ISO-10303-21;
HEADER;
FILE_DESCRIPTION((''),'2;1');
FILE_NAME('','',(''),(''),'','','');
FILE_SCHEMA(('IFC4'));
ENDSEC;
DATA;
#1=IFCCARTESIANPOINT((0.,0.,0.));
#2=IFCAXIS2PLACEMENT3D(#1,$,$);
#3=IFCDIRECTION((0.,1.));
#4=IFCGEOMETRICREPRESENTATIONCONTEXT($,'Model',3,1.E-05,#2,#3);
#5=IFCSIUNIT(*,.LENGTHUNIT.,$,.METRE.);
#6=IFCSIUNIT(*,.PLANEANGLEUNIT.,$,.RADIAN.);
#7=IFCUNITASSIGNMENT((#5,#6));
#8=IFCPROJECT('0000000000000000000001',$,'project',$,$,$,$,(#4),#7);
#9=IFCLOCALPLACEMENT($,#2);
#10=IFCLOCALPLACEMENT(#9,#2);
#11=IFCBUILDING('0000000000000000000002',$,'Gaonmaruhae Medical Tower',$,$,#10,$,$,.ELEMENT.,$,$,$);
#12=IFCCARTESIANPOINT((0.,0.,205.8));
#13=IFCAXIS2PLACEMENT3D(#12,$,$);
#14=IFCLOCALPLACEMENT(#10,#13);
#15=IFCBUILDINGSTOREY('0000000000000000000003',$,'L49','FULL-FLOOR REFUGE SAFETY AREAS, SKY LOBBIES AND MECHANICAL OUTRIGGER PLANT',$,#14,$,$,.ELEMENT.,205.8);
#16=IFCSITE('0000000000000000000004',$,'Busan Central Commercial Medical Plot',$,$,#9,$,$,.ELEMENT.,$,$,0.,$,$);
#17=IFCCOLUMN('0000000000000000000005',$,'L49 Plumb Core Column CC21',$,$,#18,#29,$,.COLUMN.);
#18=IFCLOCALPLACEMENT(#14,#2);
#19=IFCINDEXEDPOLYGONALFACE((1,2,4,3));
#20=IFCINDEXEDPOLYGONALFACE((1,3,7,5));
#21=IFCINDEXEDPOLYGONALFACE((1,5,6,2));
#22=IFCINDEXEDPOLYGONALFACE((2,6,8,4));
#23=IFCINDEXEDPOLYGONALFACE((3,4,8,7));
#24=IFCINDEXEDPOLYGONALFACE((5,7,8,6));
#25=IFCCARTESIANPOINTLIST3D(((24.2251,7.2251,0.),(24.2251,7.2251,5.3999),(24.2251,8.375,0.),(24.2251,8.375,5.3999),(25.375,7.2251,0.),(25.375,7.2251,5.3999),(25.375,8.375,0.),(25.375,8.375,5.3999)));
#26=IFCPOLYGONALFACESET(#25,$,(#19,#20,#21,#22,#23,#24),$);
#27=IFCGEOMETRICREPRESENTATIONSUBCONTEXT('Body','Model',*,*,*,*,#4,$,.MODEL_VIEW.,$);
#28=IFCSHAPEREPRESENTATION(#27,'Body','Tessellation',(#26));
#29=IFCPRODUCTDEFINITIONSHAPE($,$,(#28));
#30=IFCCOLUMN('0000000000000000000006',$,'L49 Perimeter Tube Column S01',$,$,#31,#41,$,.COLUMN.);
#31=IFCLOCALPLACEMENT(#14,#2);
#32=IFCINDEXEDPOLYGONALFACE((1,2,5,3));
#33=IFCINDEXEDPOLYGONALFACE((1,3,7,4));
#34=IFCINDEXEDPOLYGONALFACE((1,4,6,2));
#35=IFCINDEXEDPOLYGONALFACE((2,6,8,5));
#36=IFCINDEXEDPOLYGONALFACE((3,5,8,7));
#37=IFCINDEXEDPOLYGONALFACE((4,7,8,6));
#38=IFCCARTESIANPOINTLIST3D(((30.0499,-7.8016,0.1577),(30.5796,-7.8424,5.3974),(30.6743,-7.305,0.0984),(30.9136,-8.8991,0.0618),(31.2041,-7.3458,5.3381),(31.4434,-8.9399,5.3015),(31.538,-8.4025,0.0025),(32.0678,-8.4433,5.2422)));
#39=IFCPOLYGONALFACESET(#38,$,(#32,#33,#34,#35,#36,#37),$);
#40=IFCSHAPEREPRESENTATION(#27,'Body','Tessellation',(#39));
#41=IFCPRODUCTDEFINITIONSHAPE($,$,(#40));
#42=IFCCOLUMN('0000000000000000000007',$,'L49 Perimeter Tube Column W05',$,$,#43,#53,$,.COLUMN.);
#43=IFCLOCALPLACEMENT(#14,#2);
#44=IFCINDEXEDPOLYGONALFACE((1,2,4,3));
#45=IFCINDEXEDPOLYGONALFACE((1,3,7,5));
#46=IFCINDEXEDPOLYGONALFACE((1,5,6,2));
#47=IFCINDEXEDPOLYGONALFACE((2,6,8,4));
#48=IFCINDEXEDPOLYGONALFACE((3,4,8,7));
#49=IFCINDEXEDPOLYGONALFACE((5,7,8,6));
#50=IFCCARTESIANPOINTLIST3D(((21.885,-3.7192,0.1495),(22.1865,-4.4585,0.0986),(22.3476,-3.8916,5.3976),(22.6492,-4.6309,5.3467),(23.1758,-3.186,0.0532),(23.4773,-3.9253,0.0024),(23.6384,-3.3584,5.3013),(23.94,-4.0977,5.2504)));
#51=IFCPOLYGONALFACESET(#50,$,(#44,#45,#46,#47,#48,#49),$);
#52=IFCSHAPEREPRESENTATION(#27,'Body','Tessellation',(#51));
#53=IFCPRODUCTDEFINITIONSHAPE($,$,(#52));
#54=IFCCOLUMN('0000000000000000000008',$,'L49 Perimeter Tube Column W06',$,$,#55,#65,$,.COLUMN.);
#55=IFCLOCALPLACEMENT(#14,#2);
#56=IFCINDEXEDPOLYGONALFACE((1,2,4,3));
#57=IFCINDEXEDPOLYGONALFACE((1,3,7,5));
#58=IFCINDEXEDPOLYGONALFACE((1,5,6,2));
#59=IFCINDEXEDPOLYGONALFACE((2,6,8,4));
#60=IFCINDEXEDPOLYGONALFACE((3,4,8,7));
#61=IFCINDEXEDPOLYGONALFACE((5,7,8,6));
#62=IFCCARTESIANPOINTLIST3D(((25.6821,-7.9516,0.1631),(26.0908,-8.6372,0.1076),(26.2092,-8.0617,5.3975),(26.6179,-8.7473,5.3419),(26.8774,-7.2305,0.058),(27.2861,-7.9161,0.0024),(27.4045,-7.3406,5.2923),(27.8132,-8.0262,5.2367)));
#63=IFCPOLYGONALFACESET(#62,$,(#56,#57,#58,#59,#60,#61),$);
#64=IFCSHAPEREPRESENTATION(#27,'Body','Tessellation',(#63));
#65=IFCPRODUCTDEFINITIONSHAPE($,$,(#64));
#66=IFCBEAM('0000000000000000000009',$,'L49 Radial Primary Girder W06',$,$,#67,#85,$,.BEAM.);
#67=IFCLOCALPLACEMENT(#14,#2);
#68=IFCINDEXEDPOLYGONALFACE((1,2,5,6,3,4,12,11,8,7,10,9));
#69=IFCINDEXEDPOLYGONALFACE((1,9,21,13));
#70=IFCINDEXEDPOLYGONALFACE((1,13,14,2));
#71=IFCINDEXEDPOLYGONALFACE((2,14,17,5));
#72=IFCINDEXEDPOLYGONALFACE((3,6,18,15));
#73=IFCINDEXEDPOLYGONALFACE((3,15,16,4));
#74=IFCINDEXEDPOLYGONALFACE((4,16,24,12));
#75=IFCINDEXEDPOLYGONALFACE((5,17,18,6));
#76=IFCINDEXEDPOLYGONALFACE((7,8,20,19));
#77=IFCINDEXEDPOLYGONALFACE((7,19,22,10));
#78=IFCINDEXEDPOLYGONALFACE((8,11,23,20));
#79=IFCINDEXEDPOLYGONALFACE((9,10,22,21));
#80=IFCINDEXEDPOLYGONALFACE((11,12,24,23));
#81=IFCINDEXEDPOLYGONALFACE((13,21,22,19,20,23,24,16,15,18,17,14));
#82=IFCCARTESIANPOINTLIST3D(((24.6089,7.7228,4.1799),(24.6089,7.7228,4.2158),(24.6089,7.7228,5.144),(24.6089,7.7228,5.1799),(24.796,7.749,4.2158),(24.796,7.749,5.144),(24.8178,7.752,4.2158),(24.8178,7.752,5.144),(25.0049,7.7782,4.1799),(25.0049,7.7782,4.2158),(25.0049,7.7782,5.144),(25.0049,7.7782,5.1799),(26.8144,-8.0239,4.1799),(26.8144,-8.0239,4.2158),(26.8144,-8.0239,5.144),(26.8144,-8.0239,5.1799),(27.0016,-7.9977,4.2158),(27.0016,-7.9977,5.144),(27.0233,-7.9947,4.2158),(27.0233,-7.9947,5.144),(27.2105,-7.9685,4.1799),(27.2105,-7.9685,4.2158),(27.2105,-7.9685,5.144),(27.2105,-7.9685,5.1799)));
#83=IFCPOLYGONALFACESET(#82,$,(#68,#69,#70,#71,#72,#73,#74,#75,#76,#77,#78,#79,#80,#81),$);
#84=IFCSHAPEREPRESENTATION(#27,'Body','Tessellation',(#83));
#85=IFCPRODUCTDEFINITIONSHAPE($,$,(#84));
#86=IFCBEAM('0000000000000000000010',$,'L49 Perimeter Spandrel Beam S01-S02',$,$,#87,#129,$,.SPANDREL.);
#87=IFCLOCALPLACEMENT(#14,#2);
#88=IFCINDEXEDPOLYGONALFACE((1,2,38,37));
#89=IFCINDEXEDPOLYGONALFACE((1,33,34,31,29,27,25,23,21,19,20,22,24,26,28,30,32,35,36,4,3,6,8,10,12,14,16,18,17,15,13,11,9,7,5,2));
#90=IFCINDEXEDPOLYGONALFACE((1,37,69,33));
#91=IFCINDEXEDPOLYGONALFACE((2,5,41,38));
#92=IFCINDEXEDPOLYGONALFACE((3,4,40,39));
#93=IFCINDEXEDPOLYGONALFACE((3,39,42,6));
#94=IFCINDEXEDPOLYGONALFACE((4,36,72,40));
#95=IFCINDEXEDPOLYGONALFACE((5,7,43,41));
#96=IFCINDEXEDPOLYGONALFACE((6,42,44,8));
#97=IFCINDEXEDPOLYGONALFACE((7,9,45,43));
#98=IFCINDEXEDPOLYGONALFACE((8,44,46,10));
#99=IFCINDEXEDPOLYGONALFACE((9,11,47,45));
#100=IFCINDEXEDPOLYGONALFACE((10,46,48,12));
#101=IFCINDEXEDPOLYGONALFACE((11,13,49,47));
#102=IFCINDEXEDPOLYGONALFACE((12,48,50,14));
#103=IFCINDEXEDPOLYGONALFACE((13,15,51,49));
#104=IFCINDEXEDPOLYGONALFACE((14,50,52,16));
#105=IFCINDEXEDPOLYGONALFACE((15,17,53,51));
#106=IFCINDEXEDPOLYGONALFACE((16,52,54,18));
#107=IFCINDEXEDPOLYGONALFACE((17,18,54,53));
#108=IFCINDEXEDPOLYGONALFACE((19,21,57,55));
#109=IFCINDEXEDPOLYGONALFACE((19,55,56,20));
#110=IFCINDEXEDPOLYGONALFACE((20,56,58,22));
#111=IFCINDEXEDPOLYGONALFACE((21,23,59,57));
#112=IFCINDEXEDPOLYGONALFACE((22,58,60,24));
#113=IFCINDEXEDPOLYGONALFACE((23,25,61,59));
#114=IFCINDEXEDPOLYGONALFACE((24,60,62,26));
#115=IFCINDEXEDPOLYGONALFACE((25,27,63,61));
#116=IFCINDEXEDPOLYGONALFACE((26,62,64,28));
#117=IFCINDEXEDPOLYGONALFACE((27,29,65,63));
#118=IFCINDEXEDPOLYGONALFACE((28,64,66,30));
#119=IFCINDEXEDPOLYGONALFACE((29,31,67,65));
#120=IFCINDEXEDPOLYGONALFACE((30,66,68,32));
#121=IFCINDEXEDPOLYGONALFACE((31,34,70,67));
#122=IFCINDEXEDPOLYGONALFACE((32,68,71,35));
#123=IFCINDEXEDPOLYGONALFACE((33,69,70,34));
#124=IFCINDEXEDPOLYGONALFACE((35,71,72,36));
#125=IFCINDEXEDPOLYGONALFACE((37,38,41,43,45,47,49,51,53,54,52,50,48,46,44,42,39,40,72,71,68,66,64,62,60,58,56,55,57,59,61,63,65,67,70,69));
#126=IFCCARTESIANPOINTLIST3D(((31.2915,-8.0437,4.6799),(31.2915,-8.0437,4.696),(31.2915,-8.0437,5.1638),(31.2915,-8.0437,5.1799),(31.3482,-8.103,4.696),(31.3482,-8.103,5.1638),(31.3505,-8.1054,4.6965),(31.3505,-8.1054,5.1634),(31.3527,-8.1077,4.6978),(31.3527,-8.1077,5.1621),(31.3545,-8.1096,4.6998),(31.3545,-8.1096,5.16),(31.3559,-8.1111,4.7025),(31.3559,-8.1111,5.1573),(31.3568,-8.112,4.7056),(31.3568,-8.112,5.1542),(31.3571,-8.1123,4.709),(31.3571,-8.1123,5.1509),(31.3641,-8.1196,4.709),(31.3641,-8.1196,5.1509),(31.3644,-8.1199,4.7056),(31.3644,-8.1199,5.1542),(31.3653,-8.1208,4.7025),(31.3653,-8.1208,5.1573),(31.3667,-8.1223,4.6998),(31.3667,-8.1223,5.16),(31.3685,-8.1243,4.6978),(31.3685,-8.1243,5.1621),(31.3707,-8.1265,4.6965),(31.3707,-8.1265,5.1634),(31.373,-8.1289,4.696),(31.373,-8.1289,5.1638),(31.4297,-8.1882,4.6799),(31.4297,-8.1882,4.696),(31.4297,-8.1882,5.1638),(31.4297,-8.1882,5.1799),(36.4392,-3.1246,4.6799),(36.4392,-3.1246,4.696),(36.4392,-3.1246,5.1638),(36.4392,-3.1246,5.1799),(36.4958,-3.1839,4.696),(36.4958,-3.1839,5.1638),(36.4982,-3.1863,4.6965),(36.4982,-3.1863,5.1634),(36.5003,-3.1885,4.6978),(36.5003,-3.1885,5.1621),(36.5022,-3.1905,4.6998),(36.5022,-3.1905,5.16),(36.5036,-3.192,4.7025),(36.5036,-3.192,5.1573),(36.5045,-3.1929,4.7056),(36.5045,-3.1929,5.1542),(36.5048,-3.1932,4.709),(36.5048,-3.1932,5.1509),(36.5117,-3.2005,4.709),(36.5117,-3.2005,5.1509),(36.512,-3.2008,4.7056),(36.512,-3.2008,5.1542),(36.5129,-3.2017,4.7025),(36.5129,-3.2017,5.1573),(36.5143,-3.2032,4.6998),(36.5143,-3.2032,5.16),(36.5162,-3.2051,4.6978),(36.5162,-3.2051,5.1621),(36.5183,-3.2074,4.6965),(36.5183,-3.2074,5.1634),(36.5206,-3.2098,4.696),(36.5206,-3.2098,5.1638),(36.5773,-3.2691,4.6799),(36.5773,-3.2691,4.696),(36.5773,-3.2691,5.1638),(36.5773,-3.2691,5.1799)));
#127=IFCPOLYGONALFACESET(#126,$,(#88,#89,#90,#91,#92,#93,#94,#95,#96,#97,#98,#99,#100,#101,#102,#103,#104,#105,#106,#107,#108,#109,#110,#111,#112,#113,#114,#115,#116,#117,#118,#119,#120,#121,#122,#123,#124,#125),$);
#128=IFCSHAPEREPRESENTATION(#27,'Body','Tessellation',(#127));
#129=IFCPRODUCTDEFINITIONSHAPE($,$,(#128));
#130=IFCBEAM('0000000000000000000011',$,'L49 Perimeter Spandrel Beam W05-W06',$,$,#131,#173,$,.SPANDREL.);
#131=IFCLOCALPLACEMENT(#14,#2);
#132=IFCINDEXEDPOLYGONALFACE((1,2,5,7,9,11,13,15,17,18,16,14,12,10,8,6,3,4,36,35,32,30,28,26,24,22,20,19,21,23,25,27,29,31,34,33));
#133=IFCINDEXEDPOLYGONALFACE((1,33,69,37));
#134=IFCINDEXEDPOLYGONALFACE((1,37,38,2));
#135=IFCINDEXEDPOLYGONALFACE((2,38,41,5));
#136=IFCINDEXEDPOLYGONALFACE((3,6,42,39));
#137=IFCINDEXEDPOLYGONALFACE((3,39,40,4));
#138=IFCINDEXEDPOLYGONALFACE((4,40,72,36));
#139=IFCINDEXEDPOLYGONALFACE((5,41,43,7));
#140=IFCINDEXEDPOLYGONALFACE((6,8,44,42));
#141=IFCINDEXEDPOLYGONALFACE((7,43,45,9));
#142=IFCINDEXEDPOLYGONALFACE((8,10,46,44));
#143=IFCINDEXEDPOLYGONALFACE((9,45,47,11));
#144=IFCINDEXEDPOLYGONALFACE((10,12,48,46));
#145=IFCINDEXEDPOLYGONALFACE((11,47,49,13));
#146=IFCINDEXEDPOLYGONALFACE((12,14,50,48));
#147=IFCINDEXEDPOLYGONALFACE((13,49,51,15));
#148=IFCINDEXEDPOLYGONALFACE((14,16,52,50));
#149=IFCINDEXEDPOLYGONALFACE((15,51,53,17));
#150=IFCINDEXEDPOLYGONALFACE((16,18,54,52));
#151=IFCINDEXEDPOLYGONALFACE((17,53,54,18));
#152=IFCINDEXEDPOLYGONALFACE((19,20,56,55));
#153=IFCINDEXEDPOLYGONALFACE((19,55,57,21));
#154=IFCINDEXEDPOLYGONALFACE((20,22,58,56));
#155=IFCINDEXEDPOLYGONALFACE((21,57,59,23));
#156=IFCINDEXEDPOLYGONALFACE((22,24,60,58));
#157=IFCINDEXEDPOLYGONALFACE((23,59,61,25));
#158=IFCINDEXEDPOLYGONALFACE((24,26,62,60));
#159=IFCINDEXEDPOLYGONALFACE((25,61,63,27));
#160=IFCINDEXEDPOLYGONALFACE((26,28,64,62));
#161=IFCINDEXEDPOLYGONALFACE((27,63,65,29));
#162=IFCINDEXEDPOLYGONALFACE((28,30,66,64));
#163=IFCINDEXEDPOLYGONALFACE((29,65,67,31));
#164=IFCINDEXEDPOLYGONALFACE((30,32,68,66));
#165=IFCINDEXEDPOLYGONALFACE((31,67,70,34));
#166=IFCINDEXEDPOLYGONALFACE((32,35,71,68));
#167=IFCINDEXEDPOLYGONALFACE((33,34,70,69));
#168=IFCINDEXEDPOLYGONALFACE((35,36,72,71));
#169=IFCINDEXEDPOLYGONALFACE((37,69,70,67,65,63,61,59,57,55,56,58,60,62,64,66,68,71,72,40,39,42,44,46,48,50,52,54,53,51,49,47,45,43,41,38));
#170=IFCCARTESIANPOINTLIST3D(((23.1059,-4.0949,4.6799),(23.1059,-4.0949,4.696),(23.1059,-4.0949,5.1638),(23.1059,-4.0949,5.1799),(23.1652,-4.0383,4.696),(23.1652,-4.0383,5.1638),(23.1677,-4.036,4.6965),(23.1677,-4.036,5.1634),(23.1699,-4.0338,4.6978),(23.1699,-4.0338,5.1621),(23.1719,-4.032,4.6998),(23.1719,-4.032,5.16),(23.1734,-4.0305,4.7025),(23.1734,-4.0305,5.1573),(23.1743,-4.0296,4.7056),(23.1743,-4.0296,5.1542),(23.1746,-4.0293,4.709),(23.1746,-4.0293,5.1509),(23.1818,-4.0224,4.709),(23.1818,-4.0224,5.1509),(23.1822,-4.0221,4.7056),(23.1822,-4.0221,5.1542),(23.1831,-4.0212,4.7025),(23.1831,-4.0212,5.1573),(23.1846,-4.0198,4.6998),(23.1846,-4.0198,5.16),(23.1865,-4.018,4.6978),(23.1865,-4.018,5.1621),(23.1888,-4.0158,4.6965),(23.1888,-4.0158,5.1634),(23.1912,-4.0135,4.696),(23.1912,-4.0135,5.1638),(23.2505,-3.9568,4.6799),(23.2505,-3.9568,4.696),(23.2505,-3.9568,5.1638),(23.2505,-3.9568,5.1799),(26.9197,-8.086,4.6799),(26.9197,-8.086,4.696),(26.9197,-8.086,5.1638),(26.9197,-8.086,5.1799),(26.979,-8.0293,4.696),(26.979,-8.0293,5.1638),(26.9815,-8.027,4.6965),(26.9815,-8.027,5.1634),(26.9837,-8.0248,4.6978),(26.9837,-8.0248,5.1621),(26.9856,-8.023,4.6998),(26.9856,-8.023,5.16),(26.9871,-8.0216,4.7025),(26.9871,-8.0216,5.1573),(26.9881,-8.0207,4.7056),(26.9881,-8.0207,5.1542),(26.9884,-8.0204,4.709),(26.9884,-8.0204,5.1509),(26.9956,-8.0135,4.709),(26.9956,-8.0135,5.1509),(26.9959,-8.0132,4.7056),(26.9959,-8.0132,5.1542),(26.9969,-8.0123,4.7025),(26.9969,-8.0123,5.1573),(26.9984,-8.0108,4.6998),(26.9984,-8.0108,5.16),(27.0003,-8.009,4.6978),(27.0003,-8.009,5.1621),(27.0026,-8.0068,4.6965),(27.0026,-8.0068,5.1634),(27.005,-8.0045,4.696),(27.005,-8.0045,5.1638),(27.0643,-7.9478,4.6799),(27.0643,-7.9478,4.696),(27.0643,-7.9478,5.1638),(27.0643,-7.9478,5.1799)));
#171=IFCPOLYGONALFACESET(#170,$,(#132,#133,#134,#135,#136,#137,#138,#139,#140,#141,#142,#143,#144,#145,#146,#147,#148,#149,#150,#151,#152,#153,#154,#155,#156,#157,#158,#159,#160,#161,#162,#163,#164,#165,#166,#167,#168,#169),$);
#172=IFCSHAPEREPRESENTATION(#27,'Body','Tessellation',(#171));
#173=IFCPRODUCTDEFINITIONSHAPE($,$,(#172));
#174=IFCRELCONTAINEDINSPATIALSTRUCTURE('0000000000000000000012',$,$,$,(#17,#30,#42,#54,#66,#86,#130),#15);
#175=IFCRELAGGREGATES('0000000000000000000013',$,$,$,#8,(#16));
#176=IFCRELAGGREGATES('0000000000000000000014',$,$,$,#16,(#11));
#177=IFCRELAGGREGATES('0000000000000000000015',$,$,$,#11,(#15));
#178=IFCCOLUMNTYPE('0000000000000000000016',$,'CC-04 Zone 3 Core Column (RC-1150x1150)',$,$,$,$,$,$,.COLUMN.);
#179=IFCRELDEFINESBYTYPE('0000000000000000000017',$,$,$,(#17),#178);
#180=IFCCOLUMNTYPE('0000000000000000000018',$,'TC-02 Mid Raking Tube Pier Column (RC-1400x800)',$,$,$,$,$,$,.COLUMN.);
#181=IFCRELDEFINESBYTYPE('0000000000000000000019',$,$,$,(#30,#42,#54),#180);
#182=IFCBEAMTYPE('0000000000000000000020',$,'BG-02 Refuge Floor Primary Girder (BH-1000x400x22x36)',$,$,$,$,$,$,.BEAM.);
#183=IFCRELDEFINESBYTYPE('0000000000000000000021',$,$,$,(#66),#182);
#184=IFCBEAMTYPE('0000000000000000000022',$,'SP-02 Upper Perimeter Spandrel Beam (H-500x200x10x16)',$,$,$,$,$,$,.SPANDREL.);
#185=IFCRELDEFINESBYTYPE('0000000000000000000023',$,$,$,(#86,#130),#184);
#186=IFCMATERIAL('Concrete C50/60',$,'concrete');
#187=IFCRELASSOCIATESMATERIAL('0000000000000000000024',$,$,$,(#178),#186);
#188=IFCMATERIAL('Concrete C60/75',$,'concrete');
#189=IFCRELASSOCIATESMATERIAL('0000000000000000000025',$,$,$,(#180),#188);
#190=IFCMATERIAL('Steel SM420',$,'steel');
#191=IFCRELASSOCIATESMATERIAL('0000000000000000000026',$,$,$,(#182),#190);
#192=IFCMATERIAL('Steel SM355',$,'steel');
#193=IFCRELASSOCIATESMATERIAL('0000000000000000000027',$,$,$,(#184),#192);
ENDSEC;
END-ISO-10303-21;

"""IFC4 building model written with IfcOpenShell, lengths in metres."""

from ifc_helpers import new_model, si_unit, direction, frame, origin, origin_2d, place, context, subcontext, project, spatial, rectangle, i_section, extrude, material, material_profile, profile_set, type_object, element, save


model = new_model("IFC4")

# Units and contexts
model_context = context("Model", 3, precision=1e-05, world=origin(), true_north=direction((0.0, 1.0)))
body_context = subcontext(model_context, "Body", "Model", "MODEL_VIEW")
ifc_project = project(units=[si_unit("LENGTHUNIT", "METRE"), si_unit("PLANEANGLEUNIT", "RADIAN")], contexts=[model_context])

# Site, building, storey
site_placement = place(None, origin())
site = spatial("IfcSite", under=ifc_project, at=site_placement, Name="Busan Central Commercial Medical Plot", CompositionType="ELEMENT", RefElevation=0.0)
building_placement = place(site_placement, origin())
building = spatial("IfcBuilding", under=site, at=building_placement, Name="Gaonmaruhae Medical Tower", CompositionType="ELEMENT")
storey_placement = place(building_placement, frame((0.0, 0.0, 205.8)))
storey = spatial("IfcBuildingStorey", under=building, at=storey_placement, Name="L49", Description="FULL-FLOOR REFUGE SAFETY AREAS, SKY LOBBIES AND MECHANICAL OUTRIGGER PLANT", CompositionType="ELEMENT", Elevation=205.8)

# Columns
ifc_material_1 = material(Name="Concrete C50/60", Category="concrete")
ifc_material_profile_1 = material_profile(ifc_material_1, rectangle(XDim=1.1499, YDim=1.1499, at=origin_2d()), Name="RC-1150x1150")
ifc_profile_set_1 = profile_set([ifc_material_profile_1], Name="Concrete C50/60")
column_type_1 = type_object("IfcColumnType", Name="CC-04 Zone 3 Core Column (RC-1150x1150)", PredefinedType="COLUMN", material=ifc_profile_set_1)
column_1_placement = place(storey_placement, frame((24.8, 7.8, 0.0), z_axis=(0.0, 0.0, 1.0), x_axis=(1.0, 0.0, 0.0)))
element("IfcColumn", 1, at=column_1_placement, inside=storey, type_object=column_type_1, Name="L49 Plumb Core Column CC21", PredefinedType="COLUMN", context=body_context, shape_type="SweptSolid", body=[
    extrude(rectangle(XDim=1.1499, YDim=1.1499, at=origin_2d()), origin(), (0.0, 0.0, 1.0), 5.3999),
])
ifc_material_2 = material(Name="Concrete C60/75", Category="concrete")
ifc_material_profile_2 = material_profile(ifc_material_2, rectangle(XDim=1.3999, YDim=0.8, at=origin_2d()), Name="RC-1400x800")
ifc_profile_set_2 = profile_set([ifc_material_profile_2], Name="Concrete C60/75")
column_type_2 = type_object("IfcColumnType", Name="TC-02 Mid Raking Tube Pier Column (RC-1400x800)", PredefinedType="COLUMN", material=ifc_profile_set_2)
column_2_placement = place(storey_placement, frame((30.7939, -8.1021, 0.0801), z_axis=(0.100593, -0.007741, 0.994898), x_axis=(-0.617, 0.783977, 0.068485)))
element("IfcColumn", 2, at=column_2_placement, inside=storey, type_object=column_type_2, Name="L49 Perimeter Tube Column S01", PredefinedType="COLUMN", context=body_context, shape_type="SweptSolid", body=[
    extrude(rectangle(XDim=1.3999, YDim=0.8, at=origin_2d()), origin(), (0.0, 0.0, 1.0), 5.2666),
])
column_3_placement = place(storey_placement, frame((22.6812, -3.8223, 0.0759), z_axis=(0.087768, -0.032699, 0.995604), x_axis=(-0.922074, -0.380852, 0.068778)))
element("IfcColumn", 3, at=column_3_placement, inside=storey, type_object=column_type_2, Name="L49 Perimeter Tube Column W05", PredefinedType="COLUMN", context=body_context, shape_type="SweptSolid", body=[
    extrude(rectangle(XDim=1.3999, YDim=0.8, at=origin_2d()), origin(), (0.0, 0.0, 1.0), 5.2712),
])
column_4_placement = place(storey_placement, frame((26.4841, -7.9338, 0.0828), z_axis=(0.100171, -0.020925, 0.99475), x_axis=(-0.853834, -0.515093, 0.075146)))
element("IfcColumn", 4, at=column_4_placement, inside=storey, type_object=column_type_2, Name="L49 Perimeter Tube Column W06", PredefinedType="COLUMN", context=body_context, shape_type="SweptSolid", body=[
    extrude(rectangle(XDim=1.3999, YDim=0.8, at=origin_2d()), origin(), (0.0, 0.0, 1.0), 5.262),
])

# Beams
ifc_material_3 = material(Name="Steel SM420", Category="steel")
ifc_material_profile_3 = material_profile(ifc_material_3, i_section(OverallWidth=0.3999, OverallDepth=1.0, WebThickness=0.022, FlangeThickness=0.0359, at=origin_2d()), Name="BH-1000x400x22x36")
ifc_profile_set_3 = profile_set([ifc_material_profile_3], Name="Steel SM420")
beam_type_1 = type_object("IfcBeamType", Name="BG-02 Refuge Floor Primary Girder (BH-1000x400x22x36)", PredefinedType="BEAM", material=ifc_profile_set_3)
beam_1_placement = place(storey_placement, frame((24.8069, 7.7505, 4.6799), z_axis=(0.138712, -0.990333, 0.0), x_axis=(0.990333, 0.138712, 0.0)))
element("IfcBeam", 5, at=beam_1_placement, inside=storey, type_object=beam_type_1, Name="L49 Radial Primary Girder W06", PredefinedType="BEAM", context=body_context, shape_type="SweptSolid", body=[
    extrude(i_section(OverallWidth=0.3999, OverallDepth=1.0, WebThickness=0.022, FlangeThickness=0.0359, at=origin_2d()), origin(), (0.0, 0.0, 1.0), 15.9004),
])
ifc_material_4 = material(Name="Steel SM355", Category="steel")
ifc_material_profile_4 = material_profile(ifc_material_4, i_section(OverallWidth=0.2, OverallDepth=0.5, WebThickness=0.01, FlangeThickness=0.0161, FilletRadius=0.0129, at=origin_2d()), Name="H-500x200x10x16")
ifc_profile_set_4 = profile_set([ifc_material_profile_4], Name="Steel SM355")
beam_type_2 = type_object("IfcBeamType", Name="SP-02 Upper Perimeter Spandrel Beam (H-500x200x10x16)", PredefinedType="SPANDREL", material=ifc_profile_set_4)
beam_2_placement = place(storey_placement, frame((31.3606, -8.116, 4.9299), z_axis=(0.722972, 0.690878, 0.0), x_axis=(-0.690878, 0.722972, 0.0)))
element("IfcBeam", 6, at=beam_2_placement, inside=storey, type_object=beam_type_2, Name="L49 Perimeter Spandrel Beam S01-S02", PredefinedType="SPANDREL", context=body_context, shape_type="SweptSolid", body=[
    extrude(i_section(OverallWidth=0.2, OverallDepth=0.5, WebThickness=0.01, FlangeThickness=0.0161, FilletRadius=0.0129, at=origin_2d()), origin(), (0.0, 0.0, 1.0), 7.1201),
])
beam_3_placement = place(storey_placement, frame((23.1782, -4.0259, 4.9299), z_axis=(0.69087, -0.722979, 0.0), x_axis=(0.722979, 0.69087, 0.0)))
element("IfcBeam", 7, at=beam_3_placement, inside=storey, type_object=beam_type_2, Name="L49 Perimeter Spandrel Beam W05-W06", PredefinedType="SPANDREL", context=body_context, shape_type="SweptSolid", body=[
    extrude(i_section(OverallWidth=0.2, OverallDepth=0.5, WebThickness=0.01, FlangeThickness=0.0161, FilletRadius=0.0129, at=origin_2d()), origin(), (0.0, 0.0, 1.0), 5.5203),
])

save(model, "model.ifc")
